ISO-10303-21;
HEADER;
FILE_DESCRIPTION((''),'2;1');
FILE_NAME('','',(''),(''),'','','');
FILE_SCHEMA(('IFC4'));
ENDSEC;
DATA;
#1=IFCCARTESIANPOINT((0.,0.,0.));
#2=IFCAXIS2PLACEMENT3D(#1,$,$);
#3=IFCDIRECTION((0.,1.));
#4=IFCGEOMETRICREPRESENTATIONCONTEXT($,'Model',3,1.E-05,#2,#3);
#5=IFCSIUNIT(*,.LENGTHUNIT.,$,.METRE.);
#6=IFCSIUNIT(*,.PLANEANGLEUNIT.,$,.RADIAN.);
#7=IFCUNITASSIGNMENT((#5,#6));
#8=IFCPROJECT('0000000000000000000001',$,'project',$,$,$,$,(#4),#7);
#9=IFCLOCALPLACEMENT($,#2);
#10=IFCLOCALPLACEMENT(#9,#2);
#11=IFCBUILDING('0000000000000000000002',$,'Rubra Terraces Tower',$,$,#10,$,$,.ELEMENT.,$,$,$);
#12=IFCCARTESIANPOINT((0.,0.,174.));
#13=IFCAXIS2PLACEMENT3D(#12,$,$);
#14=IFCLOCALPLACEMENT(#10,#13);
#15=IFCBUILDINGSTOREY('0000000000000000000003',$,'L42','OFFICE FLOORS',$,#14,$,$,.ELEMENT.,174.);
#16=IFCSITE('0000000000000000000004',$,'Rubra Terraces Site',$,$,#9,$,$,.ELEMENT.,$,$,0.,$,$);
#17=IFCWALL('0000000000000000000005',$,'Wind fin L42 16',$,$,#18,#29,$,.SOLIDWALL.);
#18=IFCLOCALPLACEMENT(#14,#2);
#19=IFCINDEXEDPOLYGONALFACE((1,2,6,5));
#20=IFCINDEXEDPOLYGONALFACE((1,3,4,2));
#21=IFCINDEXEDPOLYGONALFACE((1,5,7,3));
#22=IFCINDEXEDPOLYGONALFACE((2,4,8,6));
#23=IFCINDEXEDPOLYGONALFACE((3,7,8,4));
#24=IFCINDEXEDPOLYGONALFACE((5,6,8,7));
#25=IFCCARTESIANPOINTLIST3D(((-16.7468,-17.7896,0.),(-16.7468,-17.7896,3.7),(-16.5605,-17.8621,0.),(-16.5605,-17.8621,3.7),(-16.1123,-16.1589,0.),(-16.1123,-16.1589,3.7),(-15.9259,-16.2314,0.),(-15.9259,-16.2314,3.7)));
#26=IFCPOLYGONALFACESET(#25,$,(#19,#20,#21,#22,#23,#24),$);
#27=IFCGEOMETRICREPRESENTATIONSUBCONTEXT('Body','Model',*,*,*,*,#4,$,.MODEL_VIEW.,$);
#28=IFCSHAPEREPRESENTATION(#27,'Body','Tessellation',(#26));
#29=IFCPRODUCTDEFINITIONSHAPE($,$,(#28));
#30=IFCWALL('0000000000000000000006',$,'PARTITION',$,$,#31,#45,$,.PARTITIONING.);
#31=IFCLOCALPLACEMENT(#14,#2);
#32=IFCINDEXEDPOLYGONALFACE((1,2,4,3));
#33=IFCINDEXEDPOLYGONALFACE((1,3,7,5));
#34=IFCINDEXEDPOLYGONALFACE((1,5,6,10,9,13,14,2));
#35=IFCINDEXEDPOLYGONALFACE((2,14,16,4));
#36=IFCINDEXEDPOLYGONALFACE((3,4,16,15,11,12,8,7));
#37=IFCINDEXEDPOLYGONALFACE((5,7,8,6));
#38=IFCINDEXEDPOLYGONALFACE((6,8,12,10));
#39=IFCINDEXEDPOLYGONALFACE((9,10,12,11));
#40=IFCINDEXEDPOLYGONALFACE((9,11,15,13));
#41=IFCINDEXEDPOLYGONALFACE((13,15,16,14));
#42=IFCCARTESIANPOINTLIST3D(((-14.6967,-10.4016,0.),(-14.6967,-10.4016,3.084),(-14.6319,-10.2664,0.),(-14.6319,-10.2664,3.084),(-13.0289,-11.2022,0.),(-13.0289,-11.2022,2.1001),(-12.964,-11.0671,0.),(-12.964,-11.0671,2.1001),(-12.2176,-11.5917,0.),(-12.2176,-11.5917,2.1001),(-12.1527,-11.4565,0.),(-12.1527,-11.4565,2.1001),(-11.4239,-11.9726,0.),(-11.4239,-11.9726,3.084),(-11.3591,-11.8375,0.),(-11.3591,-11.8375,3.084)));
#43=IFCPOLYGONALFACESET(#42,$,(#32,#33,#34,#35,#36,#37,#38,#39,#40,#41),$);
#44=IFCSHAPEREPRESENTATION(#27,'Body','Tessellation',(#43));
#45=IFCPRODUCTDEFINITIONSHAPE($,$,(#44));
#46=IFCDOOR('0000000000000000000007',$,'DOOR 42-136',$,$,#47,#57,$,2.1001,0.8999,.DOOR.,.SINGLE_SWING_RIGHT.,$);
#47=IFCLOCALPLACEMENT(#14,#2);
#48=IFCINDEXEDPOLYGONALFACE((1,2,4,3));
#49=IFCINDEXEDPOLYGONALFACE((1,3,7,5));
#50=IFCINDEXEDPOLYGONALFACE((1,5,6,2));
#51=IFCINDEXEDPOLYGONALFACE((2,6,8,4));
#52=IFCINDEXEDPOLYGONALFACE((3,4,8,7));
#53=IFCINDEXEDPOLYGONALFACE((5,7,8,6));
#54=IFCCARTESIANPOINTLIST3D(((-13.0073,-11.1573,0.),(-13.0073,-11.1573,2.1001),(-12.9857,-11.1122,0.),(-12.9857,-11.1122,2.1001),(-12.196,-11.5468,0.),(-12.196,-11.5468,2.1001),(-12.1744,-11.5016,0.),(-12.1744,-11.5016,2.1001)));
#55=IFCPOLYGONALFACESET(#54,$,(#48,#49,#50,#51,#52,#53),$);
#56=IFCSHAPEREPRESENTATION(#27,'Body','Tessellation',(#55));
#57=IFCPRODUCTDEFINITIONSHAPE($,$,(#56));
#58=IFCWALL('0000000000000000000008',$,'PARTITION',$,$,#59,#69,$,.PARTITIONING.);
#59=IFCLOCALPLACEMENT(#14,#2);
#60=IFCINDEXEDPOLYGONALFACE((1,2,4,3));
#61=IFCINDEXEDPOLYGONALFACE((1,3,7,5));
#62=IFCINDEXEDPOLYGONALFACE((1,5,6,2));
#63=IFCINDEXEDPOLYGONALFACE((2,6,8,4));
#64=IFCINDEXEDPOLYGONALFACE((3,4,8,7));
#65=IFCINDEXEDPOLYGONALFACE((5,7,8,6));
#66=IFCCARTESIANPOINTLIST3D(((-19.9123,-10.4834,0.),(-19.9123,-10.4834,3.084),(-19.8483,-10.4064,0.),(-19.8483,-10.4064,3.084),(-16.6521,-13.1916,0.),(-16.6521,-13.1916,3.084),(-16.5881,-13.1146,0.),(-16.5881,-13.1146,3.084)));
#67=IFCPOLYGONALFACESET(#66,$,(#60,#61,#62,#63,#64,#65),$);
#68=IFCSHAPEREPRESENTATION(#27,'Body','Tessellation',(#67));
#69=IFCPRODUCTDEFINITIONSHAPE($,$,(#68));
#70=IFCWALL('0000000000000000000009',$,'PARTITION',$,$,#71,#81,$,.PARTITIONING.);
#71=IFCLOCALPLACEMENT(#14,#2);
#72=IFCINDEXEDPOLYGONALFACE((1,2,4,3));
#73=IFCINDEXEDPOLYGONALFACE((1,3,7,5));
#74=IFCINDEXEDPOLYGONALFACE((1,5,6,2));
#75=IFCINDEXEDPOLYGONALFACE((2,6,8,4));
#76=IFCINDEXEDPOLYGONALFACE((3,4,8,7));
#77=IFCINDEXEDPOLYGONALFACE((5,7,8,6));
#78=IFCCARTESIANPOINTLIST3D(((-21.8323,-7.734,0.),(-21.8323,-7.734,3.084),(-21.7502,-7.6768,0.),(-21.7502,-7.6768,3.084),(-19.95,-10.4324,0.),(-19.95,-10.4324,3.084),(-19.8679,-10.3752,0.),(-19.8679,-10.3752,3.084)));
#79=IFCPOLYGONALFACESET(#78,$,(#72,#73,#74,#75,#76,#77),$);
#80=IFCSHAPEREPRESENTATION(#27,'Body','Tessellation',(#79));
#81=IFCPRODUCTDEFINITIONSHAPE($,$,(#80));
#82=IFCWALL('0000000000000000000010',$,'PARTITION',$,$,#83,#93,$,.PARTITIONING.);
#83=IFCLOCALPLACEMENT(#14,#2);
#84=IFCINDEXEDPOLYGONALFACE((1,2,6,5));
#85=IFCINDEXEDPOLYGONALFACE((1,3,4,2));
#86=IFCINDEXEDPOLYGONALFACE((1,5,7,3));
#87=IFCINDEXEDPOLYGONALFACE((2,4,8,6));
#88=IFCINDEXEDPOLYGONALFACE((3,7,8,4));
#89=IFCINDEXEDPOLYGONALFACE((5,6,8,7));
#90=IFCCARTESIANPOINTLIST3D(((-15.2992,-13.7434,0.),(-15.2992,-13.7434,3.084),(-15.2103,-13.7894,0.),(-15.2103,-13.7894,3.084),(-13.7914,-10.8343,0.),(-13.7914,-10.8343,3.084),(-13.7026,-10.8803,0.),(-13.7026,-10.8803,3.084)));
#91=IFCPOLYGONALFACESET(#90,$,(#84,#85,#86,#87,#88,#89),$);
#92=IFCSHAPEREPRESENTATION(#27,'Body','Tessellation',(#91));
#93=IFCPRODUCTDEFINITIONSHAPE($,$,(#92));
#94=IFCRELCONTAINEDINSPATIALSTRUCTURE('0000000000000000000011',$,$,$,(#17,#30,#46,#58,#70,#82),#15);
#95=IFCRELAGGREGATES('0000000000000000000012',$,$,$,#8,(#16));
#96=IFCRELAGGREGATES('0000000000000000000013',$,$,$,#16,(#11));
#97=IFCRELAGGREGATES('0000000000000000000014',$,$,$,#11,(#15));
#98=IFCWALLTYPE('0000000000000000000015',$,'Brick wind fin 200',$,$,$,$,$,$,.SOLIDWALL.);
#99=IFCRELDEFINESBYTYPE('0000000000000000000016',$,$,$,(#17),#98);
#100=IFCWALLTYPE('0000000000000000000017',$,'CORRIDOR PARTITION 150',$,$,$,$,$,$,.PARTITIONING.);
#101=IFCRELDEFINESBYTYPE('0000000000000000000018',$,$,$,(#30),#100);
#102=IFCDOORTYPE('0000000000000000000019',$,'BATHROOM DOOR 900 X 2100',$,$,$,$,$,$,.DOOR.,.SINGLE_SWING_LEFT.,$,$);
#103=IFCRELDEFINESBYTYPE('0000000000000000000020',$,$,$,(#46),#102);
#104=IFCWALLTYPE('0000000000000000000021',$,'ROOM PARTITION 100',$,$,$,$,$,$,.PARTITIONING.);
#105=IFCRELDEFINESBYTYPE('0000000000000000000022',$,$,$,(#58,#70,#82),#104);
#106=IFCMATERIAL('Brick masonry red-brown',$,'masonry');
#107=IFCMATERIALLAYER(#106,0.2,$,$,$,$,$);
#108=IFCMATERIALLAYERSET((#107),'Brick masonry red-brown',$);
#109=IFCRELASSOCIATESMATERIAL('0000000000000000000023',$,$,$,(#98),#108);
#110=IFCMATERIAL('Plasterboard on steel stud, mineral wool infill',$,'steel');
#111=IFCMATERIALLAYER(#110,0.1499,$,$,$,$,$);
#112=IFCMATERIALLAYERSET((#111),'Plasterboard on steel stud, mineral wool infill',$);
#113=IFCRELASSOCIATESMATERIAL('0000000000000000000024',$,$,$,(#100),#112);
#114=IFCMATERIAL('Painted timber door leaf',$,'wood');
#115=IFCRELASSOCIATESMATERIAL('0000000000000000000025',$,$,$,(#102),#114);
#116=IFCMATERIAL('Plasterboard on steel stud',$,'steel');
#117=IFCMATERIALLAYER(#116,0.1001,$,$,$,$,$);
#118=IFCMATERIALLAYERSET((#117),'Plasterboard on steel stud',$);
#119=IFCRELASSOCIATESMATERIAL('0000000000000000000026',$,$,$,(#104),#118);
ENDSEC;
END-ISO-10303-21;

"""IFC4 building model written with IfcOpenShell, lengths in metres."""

from ifc_helpers import new_model, si_unit, direction, frame, frame_2d, origin, place, context, subcontext, project, spatial, rectangle, extrude, material, layer, layer_set, type_object, element, fill, save


model = new_model("IFC4")

# Units and contexts
model_context = context("Model", 3, precision=1e-05, world=origin(), true_north=direction((0.0, 1.0)))
body_context = subcontext(model_context, "Body", "Model", "MODEL_VIEW")
ifc_project = project(units=[si_unit("LENGTHUNIT", "METRE"), si_unit("PLANEANGLEUNIT", "RADIAN")], contexts=[model_context])

# Site, building, storey
site_placement = place(None, origin())
site = spatial("IfcSite", under=ifc_project, at=site_placement, Name="Rubra Terraces Site", CompositionType="ELEMENT", RefElevation=0.0)
building_placement = place(site_placement, origin())
building = spatial("IfcBuilding", under=site, at=building_placement, Name="Rubra Terraces Tower", CompositionType="ELEMENT")
storey_placement = place(building_placement, frame((0.0, 0.0, 174.0)))
storey = spatial("IfcBuildingStorey", under=building, at=storey_placement, Name="L42", Description="OFFICE FLOORS", CompositionType="ELEMENT", Elevation=174.0)

# Shared definitions
ifc_material_1 = material(Name="Brick masonry red-brown", Category="masonry")

# Wall
ifc_layer_1 = layer(ifc_material_1, 0.2)
ifc_layer_set_1 = layer_set([ifc_layer_1], Name="Brick masonry red-brown")
wall_type_1 = type_object("IfcWallType", Name="Brick wind fin 200", PredefinedType="SOLIDWALL", material=ifc_layer_set_1)
wall_1_placement = place(storey_placement, frame((-16.019, -16.1951, 0.0), z_axis=(0.0, 0.0, 1.0), x_axis=(-0.362642, -0.931929, 0.0)))
element("IfcWall", 1, at=wall_1_placement, inside=storey, type_object=wall_type_1, Name="Wind fin L42 16", PredefinedType="SOLIDWALL", context=body_context, shape_type="SweptSolid", body=[
    extrude(rectangle(XDim=1.7498, YDim=0.2, at=frame_2d((0.875, 0.0))), origin(), (0.0, 0.0, 1.0), 3.7),
])

# Wall, opening, door
ifc_material_2 = material(Name="Plasterboard on steel stud, mineral wool infill", Category="steel")
ifc_layer_2 = layer(ifc_material_2, 0.1499)
ifc_layer_set_2 = layer_set([ifc_layer_2], Name="Plasterboard on steel stud, mineral wool infill")
wall_type_2 = type_object("IfcWallType", Name="CORRIDOR PARTITION 150", PredefinedType="PARTITIONING", material=ifc_layer_set_2)
wall_2_placement = place(storey_placement, frame((-14.6643, -10.334, 0.0), z_axis=(0.0, 0.0, 1.0), x_axis=(0.901507, -0.432764, 0.0)))
wall_2 = element("IfcWall", 2, at=wall_2_placement, inside=storey, type_object=wall_type_2, Name="PARTITION", PredefinedType="PARTITIONING", context=body_context, shape_type="SweptSolid", body=[
    extrude(rectangle(XDim=3.6304, YDim=0.1499, at=frame_2d((1.8152, 0.0))), origin(), (0.0, 0.0, 1.0), 3.084),
])
opening_1_placement = place(wall_2_placement, frame((1.8501, 0.0, 0.0)))
opening_1 = element("IfcOpeningElement", 3, at=opening_1_placement, cuts=wall_2, PredefinedType="OPENING", context=body_context, shape_type="SweptSolid", body=[
    extrude(rectangle(XDim=0.8999, YDim=2.1001, at=frame_2d((0.45, 1.05))), frame((0.0, 0.085, 0.0), z_axis=(0.0, -1.0, 0.0), x_axis=(1.0, 0.0, 0.0)), (0.0, 0.0, 1.0), 0.1699),
])
ifc_material_3 = material(Name="Painted timber door leaf", Category="wood")
door_type = type_object("IfcDoorType", Name="BATHROOM DOOR 900 X 2100", OperationType="SINGLE_SWING_LEFT", PredefinedType="DOOR", material=ifc_material_3)
door_placement = place(opening_1_placement, origin())
door = element("IfcDoor", 4, at=door_placement, inside=storey, type_object=door_type, Name="DOOR 42-136", OperationType="SINGLE_SWING_RIGHT", OverallHeight=2.1001, OverallWidth=0.8999, PredefinedType="DOOR", context=body_context, shape_type="SweptSolid", body=[
    extrude(rectangle(XDim=0.8999, YDim=2.1001, at=frame_2d((0.45, 1.05))), frame((0.0, 0.0249, 0.0), z_axis=(0.0, -1.0, 0.0), x_axis=(1.0, 0.0, 0.0)), (0.0, 0.0, 1.0), 0.05),
])
fill(opening_1, door)

# Walls
ifc_material_4 = material(Name="Plasterboard on steel stud", Category="steel")
ifc_layer_3 = layer(ifc_material_4, 0.1001)
ifc_layer_set_3 = layer_set([ifc_layer_3], Name="Plasterboard on steel stud")
wall_type_3 = type_object("IfcWallType", Name="ROOM PARTITION 100", PredefinedType="PARTITIONING", material=ifc_layer_set_3)
wall_3_placement = place(storey_placement, frame((-16.6201, -13.1531, 0.0), z_axis=(0.0, 0.0, 1.0), x_axis=(-0.769221, 0.638982, 0.0)))
element("IfcWall", 5, at=wall_3_placement, inside=storey, type_object=wall_type_3, Name="PARTITION", PredefinedType="PARTITIONING", context=body_context, shape_type="SweptSolid", body=[
    extrude(rectangle(XDim=4.2383, YDim=0.1001, at=frame_2d((2.1191, 0.0))), origin(), (0.0, 0.0, 1.0), 3.084),
])
wall_4_placement = place(storey_placement, frame((-19.9089, -10.4038, 0.0), z_axis=(0.0, 0.0, 1.0), x_axis=(-0.572112, 0.820176, 0.0)))
element("IfcWall", 6, at=wall_4_placement, inside=storey, type_object=wall_type_3, Name="PARTITION", PredefinedType="PARTITIONING", context=body_context, shape_type="SweptSolid", body=[
    extrude(rectangle(XDim=3.29, YDim=0.1001, at=frame_2d((1.645, 0.0))), origin(), (0.0, 0.0, 1.0), 3.084),
])
wall_5_placement = place(storey_placement, frame((-13.7471, -10.8574, 0.0), z_axis=(0.0, 0.0, 1.0), x_axis=(-0.460161, -0.887836, 0.0)))
element("IfcWall", 7, at=wall_5_placement, inside=storey, type_object=wall_type_3, Name="PARTITION", PredefinedType="PARTITIONING", context=body_context, shape_type="SweptSolid", body=[
    extrude(rectangle(XDim=3.2766, YDim=0.1001, at=frame_2d((1.6382, 0.0))), origin(), (0.0, 0.0, 1.0), 3.084),
])

save(model, "model.ifc")
